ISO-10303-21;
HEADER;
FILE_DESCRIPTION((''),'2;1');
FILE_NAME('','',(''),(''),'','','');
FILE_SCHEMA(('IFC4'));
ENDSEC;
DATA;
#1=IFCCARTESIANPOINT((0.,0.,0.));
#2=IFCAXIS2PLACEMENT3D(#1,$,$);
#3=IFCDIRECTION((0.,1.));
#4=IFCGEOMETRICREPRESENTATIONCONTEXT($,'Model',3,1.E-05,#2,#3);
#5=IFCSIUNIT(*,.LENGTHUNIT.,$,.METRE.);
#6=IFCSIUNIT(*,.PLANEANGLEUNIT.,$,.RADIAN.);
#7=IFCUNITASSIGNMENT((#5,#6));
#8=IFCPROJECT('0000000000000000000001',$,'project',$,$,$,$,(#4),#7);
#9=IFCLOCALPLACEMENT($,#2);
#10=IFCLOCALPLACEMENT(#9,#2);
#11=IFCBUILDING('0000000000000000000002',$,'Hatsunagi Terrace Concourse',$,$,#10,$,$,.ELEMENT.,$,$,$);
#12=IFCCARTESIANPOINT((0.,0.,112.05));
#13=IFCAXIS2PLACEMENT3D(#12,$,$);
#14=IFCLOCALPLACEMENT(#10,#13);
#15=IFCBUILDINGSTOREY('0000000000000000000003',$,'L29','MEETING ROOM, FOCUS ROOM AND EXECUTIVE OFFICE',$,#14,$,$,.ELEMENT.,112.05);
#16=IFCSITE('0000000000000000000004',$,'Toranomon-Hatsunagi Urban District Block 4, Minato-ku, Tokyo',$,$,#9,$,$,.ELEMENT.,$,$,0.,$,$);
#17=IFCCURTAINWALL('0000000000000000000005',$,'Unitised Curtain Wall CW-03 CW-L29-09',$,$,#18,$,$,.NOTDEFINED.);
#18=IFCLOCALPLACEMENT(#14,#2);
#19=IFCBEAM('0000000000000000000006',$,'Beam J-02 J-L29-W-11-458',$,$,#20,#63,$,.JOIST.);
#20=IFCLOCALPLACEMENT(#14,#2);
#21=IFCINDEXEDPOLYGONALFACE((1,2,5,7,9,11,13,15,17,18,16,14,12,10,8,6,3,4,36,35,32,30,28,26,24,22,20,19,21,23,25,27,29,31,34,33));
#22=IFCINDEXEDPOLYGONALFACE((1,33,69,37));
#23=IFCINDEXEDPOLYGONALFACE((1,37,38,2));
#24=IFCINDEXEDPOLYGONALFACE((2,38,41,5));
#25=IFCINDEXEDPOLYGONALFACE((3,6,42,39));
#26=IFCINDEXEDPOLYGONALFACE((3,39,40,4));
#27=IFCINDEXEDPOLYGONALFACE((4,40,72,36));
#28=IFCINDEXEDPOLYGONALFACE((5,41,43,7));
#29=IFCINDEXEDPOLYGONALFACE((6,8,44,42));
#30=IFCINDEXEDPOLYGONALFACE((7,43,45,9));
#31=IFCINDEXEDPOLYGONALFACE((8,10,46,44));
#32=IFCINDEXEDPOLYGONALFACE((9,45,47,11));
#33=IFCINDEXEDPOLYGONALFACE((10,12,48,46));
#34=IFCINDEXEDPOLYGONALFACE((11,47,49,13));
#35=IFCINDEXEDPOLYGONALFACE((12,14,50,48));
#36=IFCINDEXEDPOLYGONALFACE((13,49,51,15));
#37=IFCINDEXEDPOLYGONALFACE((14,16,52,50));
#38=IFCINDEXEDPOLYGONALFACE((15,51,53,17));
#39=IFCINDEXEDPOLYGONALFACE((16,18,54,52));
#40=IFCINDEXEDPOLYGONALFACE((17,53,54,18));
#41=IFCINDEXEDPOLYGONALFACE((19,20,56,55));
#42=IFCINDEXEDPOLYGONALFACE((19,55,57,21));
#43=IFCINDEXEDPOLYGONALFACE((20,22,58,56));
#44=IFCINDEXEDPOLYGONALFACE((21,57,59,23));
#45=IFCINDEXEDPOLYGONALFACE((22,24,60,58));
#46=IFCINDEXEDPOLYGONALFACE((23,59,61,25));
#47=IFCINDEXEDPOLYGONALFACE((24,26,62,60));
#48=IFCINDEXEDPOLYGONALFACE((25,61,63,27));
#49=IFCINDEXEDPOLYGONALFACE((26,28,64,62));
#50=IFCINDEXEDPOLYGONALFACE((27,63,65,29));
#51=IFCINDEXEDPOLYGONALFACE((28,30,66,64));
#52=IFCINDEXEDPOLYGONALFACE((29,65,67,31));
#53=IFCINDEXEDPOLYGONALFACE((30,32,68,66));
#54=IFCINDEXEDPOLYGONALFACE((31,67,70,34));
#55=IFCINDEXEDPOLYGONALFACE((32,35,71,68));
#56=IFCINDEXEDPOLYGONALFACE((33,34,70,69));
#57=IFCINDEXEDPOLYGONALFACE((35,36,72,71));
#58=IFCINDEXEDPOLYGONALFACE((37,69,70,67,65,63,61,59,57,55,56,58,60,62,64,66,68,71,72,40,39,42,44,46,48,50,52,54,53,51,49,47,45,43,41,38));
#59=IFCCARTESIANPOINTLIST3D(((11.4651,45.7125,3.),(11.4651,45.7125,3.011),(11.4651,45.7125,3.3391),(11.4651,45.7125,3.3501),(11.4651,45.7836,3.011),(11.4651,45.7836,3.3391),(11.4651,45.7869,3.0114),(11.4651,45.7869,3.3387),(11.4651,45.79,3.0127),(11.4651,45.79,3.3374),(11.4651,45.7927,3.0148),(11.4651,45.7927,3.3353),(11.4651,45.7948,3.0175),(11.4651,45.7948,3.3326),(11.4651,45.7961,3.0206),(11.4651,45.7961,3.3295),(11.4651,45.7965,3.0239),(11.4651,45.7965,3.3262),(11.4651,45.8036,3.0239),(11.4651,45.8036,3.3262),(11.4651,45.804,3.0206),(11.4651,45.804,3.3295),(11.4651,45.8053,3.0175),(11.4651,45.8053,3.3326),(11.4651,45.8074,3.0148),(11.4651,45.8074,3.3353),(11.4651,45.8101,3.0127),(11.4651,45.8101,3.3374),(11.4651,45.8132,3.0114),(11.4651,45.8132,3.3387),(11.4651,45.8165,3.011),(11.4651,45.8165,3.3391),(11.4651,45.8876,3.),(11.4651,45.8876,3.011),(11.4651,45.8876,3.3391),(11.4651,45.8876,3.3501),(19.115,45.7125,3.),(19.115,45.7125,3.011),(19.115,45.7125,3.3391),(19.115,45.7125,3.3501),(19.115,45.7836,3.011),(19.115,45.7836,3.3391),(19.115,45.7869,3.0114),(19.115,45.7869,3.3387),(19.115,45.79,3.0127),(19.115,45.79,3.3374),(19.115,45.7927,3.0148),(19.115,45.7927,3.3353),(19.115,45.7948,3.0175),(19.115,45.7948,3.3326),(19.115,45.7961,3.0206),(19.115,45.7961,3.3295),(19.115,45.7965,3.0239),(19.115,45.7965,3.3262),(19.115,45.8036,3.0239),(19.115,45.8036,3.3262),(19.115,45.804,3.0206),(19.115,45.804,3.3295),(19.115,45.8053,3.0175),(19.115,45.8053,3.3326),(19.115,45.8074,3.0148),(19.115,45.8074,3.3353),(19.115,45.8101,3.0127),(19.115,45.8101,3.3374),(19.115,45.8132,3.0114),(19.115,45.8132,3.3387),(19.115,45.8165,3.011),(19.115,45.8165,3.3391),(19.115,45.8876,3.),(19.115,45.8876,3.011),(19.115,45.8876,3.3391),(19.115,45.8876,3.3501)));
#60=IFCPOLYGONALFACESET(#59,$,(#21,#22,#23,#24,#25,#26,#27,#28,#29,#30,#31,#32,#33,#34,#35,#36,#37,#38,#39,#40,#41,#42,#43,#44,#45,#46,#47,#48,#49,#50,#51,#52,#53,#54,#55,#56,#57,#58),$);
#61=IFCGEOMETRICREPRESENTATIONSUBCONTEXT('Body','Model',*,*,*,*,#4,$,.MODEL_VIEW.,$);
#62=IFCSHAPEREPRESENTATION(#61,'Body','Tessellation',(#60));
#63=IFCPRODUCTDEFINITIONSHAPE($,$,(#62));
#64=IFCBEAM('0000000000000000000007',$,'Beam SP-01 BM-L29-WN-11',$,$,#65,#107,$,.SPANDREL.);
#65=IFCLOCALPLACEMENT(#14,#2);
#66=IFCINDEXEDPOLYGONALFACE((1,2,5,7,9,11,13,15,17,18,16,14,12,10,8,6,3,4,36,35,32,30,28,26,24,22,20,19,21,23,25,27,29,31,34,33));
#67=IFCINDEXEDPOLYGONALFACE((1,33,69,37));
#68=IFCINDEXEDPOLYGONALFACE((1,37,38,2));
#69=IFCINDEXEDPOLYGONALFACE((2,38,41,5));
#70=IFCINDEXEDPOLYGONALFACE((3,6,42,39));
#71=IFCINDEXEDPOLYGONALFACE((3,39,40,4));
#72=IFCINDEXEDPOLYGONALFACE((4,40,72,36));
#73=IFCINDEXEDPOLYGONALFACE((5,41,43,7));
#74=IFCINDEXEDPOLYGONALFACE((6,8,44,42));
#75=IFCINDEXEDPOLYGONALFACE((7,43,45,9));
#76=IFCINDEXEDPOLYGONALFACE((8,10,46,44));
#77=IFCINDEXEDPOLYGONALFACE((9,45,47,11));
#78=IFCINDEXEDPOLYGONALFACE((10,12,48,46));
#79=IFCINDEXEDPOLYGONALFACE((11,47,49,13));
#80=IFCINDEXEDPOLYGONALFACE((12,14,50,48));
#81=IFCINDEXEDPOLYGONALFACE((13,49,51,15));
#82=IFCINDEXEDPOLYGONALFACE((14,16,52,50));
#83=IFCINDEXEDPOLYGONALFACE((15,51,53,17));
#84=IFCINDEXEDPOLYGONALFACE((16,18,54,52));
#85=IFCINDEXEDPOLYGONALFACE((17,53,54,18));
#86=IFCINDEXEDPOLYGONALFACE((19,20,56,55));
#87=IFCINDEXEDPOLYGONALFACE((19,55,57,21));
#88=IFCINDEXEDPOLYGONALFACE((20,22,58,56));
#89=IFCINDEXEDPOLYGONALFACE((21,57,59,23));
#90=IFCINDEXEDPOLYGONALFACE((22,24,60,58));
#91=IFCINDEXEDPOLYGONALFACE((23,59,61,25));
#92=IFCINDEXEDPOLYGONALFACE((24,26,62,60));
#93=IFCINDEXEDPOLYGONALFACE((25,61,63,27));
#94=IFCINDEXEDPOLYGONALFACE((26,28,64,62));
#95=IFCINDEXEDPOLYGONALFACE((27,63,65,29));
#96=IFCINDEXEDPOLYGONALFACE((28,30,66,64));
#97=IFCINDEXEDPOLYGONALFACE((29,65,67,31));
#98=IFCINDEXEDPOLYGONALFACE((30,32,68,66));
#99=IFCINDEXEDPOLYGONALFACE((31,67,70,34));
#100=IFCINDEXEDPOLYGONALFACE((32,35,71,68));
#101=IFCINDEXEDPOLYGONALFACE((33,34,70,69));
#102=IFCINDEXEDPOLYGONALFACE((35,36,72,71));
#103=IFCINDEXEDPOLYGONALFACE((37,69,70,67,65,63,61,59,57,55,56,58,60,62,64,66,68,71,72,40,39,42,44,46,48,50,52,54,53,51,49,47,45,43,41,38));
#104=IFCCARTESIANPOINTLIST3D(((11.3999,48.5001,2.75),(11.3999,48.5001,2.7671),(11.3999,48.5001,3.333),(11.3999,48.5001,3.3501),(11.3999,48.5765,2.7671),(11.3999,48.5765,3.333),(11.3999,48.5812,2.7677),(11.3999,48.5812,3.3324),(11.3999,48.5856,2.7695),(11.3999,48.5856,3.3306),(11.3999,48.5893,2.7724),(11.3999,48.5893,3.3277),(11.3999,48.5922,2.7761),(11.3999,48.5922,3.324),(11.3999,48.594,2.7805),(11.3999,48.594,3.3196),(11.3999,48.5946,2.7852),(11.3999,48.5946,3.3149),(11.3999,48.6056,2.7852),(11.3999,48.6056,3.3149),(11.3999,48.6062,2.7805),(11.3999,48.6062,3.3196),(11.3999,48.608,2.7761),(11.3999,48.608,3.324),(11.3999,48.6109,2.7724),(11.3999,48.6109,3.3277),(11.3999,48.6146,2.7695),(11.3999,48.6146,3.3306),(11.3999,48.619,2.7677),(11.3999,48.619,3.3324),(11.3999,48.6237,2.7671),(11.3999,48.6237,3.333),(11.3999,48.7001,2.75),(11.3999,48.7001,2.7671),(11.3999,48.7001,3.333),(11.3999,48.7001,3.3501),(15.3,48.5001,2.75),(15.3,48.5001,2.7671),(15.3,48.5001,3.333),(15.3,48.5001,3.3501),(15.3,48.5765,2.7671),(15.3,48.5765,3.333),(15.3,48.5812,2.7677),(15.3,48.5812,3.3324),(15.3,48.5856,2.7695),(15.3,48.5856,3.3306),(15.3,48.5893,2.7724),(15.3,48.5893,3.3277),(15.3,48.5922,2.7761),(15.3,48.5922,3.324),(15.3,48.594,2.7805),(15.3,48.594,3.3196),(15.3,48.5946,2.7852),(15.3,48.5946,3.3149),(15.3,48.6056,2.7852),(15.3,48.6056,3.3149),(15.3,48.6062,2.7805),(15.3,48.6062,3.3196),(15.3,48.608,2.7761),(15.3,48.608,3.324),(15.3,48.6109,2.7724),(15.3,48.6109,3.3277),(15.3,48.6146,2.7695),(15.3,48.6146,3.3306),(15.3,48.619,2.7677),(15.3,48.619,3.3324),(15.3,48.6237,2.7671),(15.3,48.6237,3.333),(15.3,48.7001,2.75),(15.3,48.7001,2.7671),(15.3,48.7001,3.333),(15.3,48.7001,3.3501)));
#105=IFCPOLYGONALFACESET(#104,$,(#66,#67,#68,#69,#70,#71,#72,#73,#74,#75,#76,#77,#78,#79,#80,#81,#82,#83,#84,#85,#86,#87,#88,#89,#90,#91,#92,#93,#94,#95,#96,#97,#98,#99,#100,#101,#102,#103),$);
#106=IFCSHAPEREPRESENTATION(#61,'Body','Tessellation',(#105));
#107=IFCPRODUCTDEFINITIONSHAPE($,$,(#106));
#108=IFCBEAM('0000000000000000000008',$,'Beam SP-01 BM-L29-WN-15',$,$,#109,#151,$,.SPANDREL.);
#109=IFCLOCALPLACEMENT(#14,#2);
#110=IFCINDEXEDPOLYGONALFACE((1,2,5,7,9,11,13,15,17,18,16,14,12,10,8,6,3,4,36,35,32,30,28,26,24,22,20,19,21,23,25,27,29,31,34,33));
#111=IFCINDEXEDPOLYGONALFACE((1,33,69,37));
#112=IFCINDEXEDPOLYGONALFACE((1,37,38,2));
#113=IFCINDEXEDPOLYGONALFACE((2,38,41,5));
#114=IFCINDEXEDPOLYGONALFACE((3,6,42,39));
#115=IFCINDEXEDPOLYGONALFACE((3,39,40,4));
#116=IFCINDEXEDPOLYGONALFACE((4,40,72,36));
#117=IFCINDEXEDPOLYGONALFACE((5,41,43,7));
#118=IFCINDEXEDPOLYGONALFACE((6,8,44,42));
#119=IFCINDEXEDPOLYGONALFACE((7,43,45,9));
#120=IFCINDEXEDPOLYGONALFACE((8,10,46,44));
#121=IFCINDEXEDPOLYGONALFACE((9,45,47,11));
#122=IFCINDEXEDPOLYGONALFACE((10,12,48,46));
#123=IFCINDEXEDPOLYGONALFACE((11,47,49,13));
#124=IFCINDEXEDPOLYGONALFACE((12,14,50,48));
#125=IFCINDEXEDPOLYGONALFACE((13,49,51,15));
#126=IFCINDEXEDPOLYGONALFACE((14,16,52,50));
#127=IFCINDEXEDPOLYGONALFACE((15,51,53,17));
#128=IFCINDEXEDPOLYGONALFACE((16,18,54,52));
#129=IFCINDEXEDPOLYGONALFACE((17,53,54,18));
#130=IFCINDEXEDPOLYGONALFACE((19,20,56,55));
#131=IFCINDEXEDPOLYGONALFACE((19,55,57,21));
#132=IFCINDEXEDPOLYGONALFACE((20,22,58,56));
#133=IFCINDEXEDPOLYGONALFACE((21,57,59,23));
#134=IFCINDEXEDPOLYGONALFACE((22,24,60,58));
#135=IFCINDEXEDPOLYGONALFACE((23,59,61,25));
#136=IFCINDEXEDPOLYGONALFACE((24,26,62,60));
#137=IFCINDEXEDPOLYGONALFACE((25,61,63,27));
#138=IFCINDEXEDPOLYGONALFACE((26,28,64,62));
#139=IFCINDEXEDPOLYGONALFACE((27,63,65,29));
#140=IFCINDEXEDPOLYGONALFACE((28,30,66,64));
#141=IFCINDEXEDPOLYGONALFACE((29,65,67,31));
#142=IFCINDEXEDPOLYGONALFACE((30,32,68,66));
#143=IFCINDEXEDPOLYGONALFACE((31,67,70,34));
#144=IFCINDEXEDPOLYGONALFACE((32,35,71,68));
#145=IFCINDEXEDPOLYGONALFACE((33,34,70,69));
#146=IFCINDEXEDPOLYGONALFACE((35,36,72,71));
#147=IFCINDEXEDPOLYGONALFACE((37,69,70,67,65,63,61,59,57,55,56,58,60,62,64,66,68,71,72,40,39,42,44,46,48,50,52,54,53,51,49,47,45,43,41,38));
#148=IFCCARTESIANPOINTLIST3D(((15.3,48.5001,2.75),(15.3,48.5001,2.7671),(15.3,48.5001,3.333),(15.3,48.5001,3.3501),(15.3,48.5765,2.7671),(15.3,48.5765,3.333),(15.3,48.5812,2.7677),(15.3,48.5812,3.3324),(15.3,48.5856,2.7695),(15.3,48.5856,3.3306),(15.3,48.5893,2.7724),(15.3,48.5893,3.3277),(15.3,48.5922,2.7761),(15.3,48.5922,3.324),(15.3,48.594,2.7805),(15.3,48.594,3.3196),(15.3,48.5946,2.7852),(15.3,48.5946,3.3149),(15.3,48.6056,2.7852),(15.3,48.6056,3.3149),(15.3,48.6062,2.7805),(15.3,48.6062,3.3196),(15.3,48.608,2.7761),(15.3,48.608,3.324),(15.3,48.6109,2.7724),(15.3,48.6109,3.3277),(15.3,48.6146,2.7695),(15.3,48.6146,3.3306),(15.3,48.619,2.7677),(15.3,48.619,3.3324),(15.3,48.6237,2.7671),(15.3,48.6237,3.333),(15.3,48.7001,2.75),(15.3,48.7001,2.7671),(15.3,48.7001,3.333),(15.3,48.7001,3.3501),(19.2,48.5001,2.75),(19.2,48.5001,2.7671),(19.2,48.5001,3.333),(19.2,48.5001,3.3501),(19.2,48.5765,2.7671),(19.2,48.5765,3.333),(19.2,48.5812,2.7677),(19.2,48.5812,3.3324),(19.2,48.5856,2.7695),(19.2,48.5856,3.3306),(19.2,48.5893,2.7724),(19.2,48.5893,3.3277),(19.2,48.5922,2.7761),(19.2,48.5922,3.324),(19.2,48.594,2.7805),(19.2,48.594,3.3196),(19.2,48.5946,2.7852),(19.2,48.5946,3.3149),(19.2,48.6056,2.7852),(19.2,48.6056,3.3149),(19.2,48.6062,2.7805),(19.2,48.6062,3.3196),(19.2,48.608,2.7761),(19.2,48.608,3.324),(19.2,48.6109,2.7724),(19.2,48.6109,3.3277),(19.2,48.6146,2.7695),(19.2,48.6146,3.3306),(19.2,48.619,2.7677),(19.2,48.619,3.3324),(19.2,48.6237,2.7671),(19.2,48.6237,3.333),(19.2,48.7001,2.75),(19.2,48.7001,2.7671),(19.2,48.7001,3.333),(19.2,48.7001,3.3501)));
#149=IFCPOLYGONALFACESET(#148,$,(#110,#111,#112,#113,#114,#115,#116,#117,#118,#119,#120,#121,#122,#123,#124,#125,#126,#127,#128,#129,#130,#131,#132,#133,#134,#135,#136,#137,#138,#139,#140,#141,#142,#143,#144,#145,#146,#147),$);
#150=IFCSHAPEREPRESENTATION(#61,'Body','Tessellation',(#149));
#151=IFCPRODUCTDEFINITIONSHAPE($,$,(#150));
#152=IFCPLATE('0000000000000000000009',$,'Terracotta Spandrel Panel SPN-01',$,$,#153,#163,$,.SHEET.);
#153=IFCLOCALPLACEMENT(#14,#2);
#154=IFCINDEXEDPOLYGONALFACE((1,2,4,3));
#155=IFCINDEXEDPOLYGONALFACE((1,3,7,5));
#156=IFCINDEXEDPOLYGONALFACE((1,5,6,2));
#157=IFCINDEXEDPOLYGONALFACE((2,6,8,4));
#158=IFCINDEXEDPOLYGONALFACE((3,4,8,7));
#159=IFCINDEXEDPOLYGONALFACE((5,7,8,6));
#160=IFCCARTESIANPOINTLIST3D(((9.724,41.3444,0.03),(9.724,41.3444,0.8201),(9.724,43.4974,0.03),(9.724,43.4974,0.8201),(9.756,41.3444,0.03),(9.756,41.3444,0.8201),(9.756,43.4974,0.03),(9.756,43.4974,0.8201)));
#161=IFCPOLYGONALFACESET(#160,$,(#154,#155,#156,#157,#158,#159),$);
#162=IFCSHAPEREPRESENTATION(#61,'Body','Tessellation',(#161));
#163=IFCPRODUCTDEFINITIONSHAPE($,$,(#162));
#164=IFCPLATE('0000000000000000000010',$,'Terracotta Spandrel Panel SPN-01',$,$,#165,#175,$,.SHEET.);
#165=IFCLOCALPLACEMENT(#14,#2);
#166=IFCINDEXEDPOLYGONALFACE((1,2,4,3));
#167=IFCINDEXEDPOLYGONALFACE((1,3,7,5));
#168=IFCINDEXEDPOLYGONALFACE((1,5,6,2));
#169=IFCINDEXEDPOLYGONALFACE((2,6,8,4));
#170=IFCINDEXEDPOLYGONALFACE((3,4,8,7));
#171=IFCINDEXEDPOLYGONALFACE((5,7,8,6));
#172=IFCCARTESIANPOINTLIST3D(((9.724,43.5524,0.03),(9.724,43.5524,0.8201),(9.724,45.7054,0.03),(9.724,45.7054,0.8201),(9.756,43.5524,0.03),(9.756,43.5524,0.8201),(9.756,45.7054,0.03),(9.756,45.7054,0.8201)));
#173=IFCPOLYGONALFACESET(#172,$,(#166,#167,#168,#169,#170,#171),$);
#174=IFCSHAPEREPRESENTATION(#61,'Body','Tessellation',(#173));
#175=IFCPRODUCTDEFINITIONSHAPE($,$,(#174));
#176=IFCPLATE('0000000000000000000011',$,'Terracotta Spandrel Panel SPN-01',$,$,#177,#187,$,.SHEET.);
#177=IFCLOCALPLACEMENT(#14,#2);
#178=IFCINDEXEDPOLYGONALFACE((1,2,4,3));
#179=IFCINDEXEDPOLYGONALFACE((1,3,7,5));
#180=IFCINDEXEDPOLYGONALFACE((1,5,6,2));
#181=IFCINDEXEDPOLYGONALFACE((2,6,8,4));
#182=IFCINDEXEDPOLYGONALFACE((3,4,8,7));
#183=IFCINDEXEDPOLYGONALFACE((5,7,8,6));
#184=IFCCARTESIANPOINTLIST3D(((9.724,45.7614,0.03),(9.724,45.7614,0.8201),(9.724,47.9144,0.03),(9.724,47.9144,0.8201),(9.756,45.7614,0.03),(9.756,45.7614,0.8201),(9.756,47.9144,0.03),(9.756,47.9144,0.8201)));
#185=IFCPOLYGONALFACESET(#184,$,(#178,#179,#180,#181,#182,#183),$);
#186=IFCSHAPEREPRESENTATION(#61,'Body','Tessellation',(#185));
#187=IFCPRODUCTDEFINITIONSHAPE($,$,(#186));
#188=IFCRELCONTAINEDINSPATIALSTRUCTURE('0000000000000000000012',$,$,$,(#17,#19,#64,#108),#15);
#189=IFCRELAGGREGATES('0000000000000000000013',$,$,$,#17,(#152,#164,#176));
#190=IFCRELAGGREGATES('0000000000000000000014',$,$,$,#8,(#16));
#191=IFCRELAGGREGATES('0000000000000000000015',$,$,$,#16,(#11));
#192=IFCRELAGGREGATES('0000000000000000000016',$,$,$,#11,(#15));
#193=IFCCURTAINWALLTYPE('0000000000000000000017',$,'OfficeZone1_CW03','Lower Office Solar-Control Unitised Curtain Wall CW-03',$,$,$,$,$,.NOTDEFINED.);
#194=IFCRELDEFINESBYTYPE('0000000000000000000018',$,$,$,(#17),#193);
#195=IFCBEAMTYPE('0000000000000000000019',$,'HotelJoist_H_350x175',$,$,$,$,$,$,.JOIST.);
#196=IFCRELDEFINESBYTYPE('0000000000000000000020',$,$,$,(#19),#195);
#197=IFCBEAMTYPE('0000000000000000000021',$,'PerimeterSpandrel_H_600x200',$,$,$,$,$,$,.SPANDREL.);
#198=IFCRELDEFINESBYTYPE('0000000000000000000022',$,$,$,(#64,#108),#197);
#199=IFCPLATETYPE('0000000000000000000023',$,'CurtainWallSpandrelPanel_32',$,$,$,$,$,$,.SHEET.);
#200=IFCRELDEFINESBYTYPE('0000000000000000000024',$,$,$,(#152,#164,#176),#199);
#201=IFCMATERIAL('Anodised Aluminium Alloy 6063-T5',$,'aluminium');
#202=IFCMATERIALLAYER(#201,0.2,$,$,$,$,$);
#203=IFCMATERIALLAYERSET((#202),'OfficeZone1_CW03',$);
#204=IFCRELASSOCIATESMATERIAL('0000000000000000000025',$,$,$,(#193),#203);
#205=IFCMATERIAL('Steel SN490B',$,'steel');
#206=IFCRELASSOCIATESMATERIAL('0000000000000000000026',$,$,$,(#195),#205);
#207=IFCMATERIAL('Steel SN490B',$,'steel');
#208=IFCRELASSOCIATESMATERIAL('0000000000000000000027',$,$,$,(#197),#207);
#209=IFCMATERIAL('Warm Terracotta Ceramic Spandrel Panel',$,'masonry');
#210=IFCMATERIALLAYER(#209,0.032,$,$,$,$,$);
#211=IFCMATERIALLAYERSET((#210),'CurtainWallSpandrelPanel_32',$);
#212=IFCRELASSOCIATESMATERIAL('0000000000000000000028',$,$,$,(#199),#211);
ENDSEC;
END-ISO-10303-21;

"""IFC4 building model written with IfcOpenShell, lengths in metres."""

from ifc_helpers import new_model, si_unit, direction, frame, origin, origin_2d, place, context, subcontext, project, spatial, rectangle, i_section, extrude, material, layer, layer_set, material_profile, profile_set, type_object, element, aggregate, save


model = new_model("IFC4")

# Units and contexts
model_context = context("Model", 3, precision=1e-05, world=origin(), true_north=direction((0.0, 1.0)))
body_context = subcontext(model_context, "Body", "Model", "MODEL_VIEW")
ifc_project = project(units=[si_unit("LENGTHUNIT", "METRE"), si_unit("PLANEANGLEUNIT", "RADIAN")], contexts=[model_context])

# Site, building, storey
site_placement = place(None, origin())
site = spatial("IfcSite", under=ifc_project, at=site_placement, Name="Toranomon-Hatsunagi Urban District Block 4, Minato-ku, Tokyo", CompositionType="ELEMENT", RefElevation=0.0)
building_placement = place(site_placement, origin())
building = spatial("IfcBuilding", under=site, at=building_placement, Name="Hatsunagi Terrace Concourse", CompositionType="ELEMENT")
storey_placement = place(building_placement, frame((0.0, 0.0, 112.05)))
storey = spatial("IfcBuildingStorey", under=building, at=storey_placement, Name="L29", Description="MEETING ROOM, FOCUS ROOM AND EXECUTIVE OFFICE", CompositionType="ELEMENT", Elevation=112.05)

# Curtain wall
ifc_material_1 = material(Name="Anodised Aluminium Alloy 6063-T5", Category="aluminium")
ifc_layer_1 = layer(ifc_material_1, 0.2)
ifc_layer_set_1 = layer_set([ifc_layer_1], Name="OfficeZone1_CW03")
curtain_wall_type = type_object("IfcCurtainWallType", Name="OfficeZone1_CW03", Description="Lower Office Solar-Control Unitised Curtain Wall CW-03", PredefinedType="NOTDEFINED", material=ifc_layer_set_1)
curtain_wall_placement = place(storey_placement, origin())
curtain_wall = element("IfcCurtainWall", 1, at=curtain_wall_placement, inside=storey, type_object=curtain_wall_type, Name="Unitised Curtain Wall CW-03 CW-L29-09", PredefinedType="NOTDEFINED")

# Beams
ifc_material_2 = material(Name="Steel SN490B", Category="steel")
ifc_material_profile_1 = material_profile(ifc_material_2, i_section(OverallWidth=0.175, OverallDepth=0.3501, WebThickness=0.0071, FlangeThickness=0.011, FilletRadius=0.0129, at=origin_2d()), Name="H-350x175x7x11")
ifc_profile_set_1 = profile_set([ifc_material_profile_1], Name="Steel SN490B")
beam_type_1 = type_object("IfcBeamType", Name="HotelJoist_H_350x175", PredefinedType="JOIST", material=ifc_profile_set_1)
for number, where, z_axis, x_axis, name in (
    (2, (11.4651, 45.8, 3.175), (1.0, 0.0, 0.0), (0.0, 1.0, 0.0), "Beam J-02 J-L29-W-11-458"),
):
    element("IfcBeam", number, at=place(storey_placement, frame(where, z_axis=z_axis, x_axis=x_axis)), inside=storey, type_object=beam_type_1, Name=name, PredefinedType="JOIST", context=body_context, shape_type="SweptSolid", body=[
        extrude(i_section(OverallWidth=0.175, OverallDepth=0.3501, WebThickness=0.0071, FlangeThickness=0.011, FilletRadius=0.0129, at=origin_2d()), origin(), (0.0, 0.0, 1.0), 7.6499),
    ])
ifc_material_3 = material(Name="Steel SN490B", Category="steel")
ifc_material_profile_2 = material_profile(ifc_material_3, i_section(OverallWidth=0.2, OverallDepth=0.6001, WebThickness=0.011, FlangeThickness=0.0171, FilletRadius=0.0181, at=origin_2d()), Name="H-600x200x11x17")
ifc_profile_set_2 = profile_set([ifc_material_profile_2], Name="Steel SN490B")
beam_type_2 = type_object("IfcBeamType", Name="PerimeterSpandrel_H_600x200", PredefinedType="SPANDREL", material=ifc_profile_set_2)
beam_1_placement = place(storey_placement, frame((11.3999, 48.6001, 3.05), z_axis=(1.0, 0.0, 0.0), x_axis=(0.0, 1.0, 0.0)))
element("IfcBeam", 3, at=beam_1_placement, inside=storey, type_object=beam_type_2, Name="Beam SP-01 BM-L29-WN-11", PredefinedType="SPANDREL", context=body_context, shape_type="SweptSolid", body=[
    extrude(i_section(OverallWidth=0.2, OverallDepth=0.6001, WebThickness=0.011, FlangeThickness=0.0171, FilletRadius=0.0181, at=origin_2d()), origin(), (0.0, 0.0, 1.0), 3.9001),
])
beam_2_placement = place(storey_placement, frame((15.3, 48.6001, 3.05), z_axis=(1.0, 0.0, 0.0), x_axis=(0.0, 1.0, 0.0)))
element("IfcBeam", 4, at=beam_2_placement, inside=storey, type_object=beam_type_2, Name="Beam SP-01 BM-L29-WN-15", PredefinedType="SPANDREL", context=body_context, shape_type="SweptSolid", body=[
    extrude(i_section(OverallWidth=0.2, OverallDepth=0.6001, WebThickness=0.011, FlangeThickness=0.0171, FilletRadius=0.0181, at=origin_2d()), origin(), (0.0, 0.0, 1.0), 3.8999),
])

# Plates
ifc_material_4 = material(Name="Warm Terracotta Ceramic Spandrel Panel", Category="masonry")
ifc_layer_2 = layer(ifc_material_4, 0.032)
ifc_layer_set_2 = layer_set([ifc_layer_2], Name="CurtainWallSpandrelPanel_32")
plate_type_1 = type_object("IfcPlateType", Name="CurtainWallSpandrelPanel_32", PredefinedType="SHEET", material=ifc_layer_set_2)
plate_1_placement = place(storey_placement, frame((9.74, 42.4209, 0.03), z_axis=(0.0, 0.0, 1.0), x_axis=(0.0, 1.0, 0.0)))
plate_1 = element("IfcPlate", 5, at=plate_1_placement, type_object=plate_type_1, Name="Terracotta Spandrel Panel SPN-01", PredefinedType="SHEET", context=body_context, shape_type="SweptSolid", body=[
    extrude(rectangle(XDim=2.1531, YDim=0.032, at=origin_2d()), origin(), (0.0, 0.0, 1.0), 0.79),
])
plate_2_placement = place(storey_placement, frame((9.74, 44.6289, 0.03), z_axis=(0.0, 0.0, 1.0), x_axis=(0.0, 1.0, 0.0)))
plate_2 = element("IfcPlate", 6, at=plate_2_placement, type_object=plate_type_1, Name="Terracotta Spandrel Panel SPN-01", PredefinedType="SHEET", context=body_context, shape_type="SweptSolid", body=[
    extrude(rectangle(XDim=2.1531, YDim=0.032, at=origin_2d()), origin(), (0.0, 0.0, 1.0), 0.79),
])
plate_3_placement = place(storey_placement, frame((9.74, 46.8379, 0.03), z_axis=(0.0, 0.0, 1.0), x_axis=(0.0, 1.0, 0.0)))
plate_3 = element("IfcPlate", 7, at=plate_3_placement, type_object=plate_type_1, Name="Terracotta Spandrel Panel SPN-01", PredefinedType="SHEET", context=body_context, shape_type="SweptSolid", body=[
    extrude(rectangle(XDim=2.1531, YDim=0.032, at=origin_2d()), origin(), (0.0, 0.0, 1.0), 0.79),
])
aggregate(curtain_wall, [plate_1, plate_2, plate_3])

save(model, "model.ifc")
